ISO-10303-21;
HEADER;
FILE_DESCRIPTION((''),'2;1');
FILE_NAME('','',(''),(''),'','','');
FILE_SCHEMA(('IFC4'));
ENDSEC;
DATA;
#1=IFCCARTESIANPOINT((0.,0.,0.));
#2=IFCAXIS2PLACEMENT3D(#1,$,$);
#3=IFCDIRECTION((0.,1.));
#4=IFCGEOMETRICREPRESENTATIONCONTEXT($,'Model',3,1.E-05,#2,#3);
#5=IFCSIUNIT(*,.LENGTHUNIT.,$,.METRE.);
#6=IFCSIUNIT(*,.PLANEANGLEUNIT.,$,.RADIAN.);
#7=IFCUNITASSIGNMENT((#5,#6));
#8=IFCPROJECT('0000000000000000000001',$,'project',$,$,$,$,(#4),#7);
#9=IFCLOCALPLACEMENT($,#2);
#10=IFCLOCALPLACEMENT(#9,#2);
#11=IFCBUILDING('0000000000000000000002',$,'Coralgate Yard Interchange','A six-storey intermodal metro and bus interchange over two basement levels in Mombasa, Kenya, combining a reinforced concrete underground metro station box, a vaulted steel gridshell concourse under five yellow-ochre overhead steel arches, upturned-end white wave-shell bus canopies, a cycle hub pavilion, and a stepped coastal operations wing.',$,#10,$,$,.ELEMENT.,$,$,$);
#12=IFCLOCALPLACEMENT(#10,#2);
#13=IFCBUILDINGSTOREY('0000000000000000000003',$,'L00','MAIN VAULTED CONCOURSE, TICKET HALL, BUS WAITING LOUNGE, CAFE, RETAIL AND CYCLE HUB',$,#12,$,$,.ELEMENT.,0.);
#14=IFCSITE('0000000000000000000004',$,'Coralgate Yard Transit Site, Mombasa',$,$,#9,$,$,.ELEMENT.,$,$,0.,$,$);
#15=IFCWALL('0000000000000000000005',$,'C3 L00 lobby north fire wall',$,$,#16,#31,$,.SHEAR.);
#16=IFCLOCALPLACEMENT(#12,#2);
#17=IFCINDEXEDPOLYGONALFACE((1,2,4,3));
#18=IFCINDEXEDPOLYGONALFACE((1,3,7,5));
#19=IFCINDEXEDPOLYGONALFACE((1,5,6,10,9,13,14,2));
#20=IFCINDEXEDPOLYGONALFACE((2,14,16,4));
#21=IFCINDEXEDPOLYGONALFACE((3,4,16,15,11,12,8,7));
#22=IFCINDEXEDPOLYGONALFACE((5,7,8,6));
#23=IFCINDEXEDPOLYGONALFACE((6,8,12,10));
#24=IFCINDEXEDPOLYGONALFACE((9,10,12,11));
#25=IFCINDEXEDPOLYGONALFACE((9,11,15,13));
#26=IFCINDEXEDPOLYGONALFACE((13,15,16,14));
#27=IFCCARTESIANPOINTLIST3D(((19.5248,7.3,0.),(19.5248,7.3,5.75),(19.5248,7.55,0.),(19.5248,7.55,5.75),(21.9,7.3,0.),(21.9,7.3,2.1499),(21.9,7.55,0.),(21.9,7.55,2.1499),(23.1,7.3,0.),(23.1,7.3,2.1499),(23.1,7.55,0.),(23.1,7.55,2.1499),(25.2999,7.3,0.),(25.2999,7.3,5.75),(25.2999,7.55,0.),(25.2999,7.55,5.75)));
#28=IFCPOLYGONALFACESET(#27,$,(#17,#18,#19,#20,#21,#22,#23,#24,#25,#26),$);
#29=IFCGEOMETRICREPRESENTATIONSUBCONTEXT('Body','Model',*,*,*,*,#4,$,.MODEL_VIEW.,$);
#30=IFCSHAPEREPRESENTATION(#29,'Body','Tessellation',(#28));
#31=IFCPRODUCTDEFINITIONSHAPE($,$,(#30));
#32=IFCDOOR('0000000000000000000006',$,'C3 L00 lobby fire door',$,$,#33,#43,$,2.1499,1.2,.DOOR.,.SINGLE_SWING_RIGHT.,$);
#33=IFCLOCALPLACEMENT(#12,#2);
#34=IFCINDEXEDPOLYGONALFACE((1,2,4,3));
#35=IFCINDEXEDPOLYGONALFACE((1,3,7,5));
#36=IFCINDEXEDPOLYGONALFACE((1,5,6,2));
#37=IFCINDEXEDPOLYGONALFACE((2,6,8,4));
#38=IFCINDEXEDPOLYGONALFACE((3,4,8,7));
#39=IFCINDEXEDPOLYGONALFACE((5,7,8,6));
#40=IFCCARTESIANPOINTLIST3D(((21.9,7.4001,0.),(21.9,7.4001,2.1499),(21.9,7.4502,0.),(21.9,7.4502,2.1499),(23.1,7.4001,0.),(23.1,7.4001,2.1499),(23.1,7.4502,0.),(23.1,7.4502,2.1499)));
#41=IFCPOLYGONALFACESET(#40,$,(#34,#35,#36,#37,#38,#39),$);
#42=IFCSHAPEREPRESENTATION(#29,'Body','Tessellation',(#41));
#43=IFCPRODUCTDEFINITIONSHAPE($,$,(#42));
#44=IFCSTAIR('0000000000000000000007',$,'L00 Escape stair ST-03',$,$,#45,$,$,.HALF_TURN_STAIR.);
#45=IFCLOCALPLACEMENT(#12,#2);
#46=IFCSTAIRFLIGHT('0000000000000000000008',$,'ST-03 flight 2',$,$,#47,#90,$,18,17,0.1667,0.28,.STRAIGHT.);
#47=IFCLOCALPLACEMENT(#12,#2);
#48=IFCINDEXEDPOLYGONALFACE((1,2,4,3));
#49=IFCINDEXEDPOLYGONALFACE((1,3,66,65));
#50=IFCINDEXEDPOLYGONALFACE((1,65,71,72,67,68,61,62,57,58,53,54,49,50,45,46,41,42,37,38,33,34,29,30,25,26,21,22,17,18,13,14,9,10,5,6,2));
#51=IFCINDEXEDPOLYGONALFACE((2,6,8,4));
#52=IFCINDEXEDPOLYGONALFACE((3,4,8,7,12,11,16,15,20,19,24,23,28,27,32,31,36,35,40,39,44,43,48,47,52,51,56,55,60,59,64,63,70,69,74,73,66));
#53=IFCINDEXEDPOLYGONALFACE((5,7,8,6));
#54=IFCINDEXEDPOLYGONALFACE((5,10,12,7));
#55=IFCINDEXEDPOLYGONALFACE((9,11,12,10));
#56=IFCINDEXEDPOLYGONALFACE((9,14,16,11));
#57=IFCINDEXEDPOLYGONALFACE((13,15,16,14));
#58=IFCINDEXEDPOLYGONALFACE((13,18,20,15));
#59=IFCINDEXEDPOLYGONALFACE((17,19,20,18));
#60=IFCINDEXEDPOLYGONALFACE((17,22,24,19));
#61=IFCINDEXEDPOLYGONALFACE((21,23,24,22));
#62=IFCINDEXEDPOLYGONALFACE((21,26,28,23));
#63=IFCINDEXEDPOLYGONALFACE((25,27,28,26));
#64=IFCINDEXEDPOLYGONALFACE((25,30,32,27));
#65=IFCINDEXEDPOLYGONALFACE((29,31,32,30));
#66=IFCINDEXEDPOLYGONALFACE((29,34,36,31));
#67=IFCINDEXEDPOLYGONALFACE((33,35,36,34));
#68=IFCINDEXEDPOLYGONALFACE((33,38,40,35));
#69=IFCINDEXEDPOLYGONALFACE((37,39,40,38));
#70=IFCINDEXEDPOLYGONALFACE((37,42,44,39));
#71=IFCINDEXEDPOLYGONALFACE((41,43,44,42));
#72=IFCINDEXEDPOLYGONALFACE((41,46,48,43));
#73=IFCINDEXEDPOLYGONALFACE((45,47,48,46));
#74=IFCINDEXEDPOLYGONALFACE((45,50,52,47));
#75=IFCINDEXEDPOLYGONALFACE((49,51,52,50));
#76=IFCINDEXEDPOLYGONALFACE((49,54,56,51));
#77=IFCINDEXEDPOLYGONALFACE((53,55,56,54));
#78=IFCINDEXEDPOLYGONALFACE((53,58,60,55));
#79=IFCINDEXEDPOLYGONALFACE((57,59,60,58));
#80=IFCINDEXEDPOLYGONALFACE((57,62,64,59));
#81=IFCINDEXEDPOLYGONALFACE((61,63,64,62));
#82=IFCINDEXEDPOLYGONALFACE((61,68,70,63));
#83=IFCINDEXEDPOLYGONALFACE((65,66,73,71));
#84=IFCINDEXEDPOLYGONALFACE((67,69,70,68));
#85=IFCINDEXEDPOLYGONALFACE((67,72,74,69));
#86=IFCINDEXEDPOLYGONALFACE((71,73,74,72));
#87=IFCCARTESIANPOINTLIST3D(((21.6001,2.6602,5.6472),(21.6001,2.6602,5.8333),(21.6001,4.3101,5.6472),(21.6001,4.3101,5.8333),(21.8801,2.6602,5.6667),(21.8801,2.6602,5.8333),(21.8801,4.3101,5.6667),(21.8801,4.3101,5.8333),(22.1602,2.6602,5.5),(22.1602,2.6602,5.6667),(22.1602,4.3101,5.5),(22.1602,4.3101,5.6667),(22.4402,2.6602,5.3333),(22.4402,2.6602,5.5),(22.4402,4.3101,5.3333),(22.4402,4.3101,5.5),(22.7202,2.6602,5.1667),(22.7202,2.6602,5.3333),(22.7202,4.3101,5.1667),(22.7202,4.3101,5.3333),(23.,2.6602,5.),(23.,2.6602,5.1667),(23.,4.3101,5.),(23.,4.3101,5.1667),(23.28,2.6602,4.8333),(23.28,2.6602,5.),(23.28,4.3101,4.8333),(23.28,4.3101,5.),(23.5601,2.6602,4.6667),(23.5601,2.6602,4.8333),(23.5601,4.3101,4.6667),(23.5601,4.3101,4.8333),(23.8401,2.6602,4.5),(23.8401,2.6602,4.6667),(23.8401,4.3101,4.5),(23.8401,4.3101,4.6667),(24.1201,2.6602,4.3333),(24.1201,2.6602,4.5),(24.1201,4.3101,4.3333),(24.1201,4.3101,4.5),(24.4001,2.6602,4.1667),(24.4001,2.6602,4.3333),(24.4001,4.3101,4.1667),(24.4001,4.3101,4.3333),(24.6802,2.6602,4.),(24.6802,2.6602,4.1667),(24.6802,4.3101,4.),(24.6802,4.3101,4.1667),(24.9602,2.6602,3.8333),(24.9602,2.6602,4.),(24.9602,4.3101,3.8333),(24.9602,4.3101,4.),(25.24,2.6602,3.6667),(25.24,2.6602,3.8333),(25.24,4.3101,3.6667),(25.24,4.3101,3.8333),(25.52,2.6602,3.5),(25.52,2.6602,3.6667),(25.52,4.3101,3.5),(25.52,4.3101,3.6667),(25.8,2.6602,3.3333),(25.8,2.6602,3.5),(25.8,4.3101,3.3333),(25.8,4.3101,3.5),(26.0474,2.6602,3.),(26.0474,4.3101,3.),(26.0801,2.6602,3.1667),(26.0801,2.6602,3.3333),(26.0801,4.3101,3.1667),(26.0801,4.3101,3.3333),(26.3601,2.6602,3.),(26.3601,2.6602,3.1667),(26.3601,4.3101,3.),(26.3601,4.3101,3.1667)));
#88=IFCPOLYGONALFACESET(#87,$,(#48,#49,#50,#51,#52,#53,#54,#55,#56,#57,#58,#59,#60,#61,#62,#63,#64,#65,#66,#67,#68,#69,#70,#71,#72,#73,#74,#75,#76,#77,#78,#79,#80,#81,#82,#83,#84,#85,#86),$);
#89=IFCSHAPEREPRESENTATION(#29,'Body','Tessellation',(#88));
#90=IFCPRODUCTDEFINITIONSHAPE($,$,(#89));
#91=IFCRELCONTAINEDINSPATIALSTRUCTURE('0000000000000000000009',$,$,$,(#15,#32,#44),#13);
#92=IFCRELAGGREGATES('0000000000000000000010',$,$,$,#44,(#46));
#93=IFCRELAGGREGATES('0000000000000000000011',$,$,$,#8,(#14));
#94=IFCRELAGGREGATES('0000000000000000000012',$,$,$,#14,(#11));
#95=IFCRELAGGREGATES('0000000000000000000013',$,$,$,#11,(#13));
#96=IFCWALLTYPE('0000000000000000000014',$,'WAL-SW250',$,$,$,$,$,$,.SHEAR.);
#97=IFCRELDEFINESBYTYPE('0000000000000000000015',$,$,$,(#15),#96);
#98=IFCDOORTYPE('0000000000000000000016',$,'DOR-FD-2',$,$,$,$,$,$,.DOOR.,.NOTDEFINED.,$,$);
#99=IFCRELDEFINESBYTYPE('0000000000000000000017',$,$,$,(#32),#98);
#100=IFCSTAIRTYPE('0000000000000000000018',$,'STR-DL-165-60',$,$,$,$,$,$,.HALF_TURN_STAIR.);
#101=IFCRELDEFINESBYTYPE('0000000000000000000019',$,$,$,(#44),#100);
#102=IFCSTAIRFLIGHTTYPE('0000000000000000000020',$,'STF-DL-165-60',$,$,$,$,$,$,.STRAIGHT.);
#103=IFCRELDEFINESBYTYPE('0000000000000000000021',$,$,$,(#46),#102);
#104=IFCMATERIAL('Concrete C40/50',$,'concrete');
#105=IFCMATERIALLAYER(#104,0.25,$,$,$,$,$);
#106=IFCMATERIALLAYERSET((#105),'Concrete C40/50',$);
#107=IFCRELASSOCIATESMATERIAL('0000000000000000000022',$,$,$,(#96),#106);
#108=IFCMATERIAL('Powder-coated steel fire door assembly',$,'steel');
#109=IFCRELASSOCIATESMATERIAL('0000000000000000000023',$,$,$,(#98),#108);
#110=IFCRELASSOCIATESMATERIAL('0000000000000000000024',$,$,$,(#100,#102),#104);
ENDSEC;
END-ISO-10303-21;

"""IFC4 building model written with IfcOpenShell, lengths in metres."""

from ifc_helpers import new_model, si_unit, direction, frame, frame_2d, origin, place, context, subcontext, project, spatial, polyline, rectangle, outline, extrude, material, layer, layer_set, type_object, element, fill, aggregate, save


model = new_model("IFC4")

# Units and contexts
model_context = context("Model", 3, precision=1e-05, world=origin(), true_north=direction((0.0, 1.0)))
body_context = subcontext(model_context, "Body", "Model", "MODEL_VIEW")
ifc_project = project(units=[si_unit("LENGTHUNIT", "METRE"), si_unit("PLANEANGLEUNIT", "RADIAN")], contexts=[model_context])

# Site, building, storey
site_placement = place(None, origin())
site = spatial("IfcSite", under=ifc_project, at=site_placement, Name="Coralgate Yard Transit Site, Mombasa", CompositionType="ELEMENT", RefElevation=0.0)
building_placement = place(site_placement, origin())
building = spatial("IfcBuilding", under=site, at=building_placement, Name="Coralgate Yard Interchange", Description="A six-storey intermodal metro and bus interchange over two basement levels in Mombasa, Kenya, combining a reinforced concrete underground metro station box, a vaulted steel gridshell concourse under five yellow-ochre overhead steel arches, upturned-end white wave-shell bus canopies, a cycle hub pavilion, and a stepped coastal operations wing.", CompositionType="ELEMENT")
storey_placement = place(building_placement, origin())
storey = spatial("IfcBuildingStorey", under=building, at=storey_placement, Name="L00", Description="MAIN VAULTED CONCOURSE, TICKET HALL, BUS WAITING LOUNGE, CAFE, RETAIL AND CYCLE HUB", CompositionType="ELEMENT", Elevation=0.0)

# Shared definitions
ifc_material_1 = material(Name="Concrete C40/50", Category="concrete")

# Wall, opening, door
ifc_layer_1 = layer(ifc_material_1, 0.25)
ifc_layer_set_1 = layer_set([ifc_layer_1], Name="Concrete C40/50")
wall_type_1 = type_object("IfcWallType", Name="WAL-SW250", PredefinedType="SHEAR", material=ifc_layer_set_1)
wall_1_placement = place(storey_placement, frame((25.3, 7.425, 0.0), z_axis=(0.0, 0.0, 1.0), x_axis=(-1.0, 0.0, 0.0)))
wall_1 = element("IfcWall", 1, at=wall_1_placement, inside=storey, type_object=wall_type_1, Name="C3 L00 lobby north fire wall", PredefinedType="SHEAR", context=body_context, shape_type="SweptSolid", body=[
    extrude(rectangle(XDim=5.7751, YDim=0.25, at=frame_2d((2.8877, 0.0))), origin(), (0.0, 0.0, 1.0), 5.75),
])
opening_1_placement = place(wall_1_placement, frame((2.2, 0.0, 0.0)))
opening_1 = element("IfcOpeningElement", 2, at=opening_1_placement, cuts=wall_1, PredefinedType="OPENING", context=body_context, shape_type="SweptSolid", body=[
    extrude(rectangle(XDim=1.2, YDim=2.1499, at=frame_2d((0.6001, 1.075))), frame((0.0, 0.135, 0.0), z_axis=(0.0, -1.0, 0.0), x_axis=(1.0, 0.0, 0.0)), (0.0, 0.0, 1.0), 0.27),
])
ifc_material_2 = material(Name="Powder-coated steel fire door assembly", Category="steel")
door_type_1 = type_object("IfcDoorType", Name="DOR-FD-2", OperationType="NOTDEFINED", PredefinedType="DOOR", material=ifc_material_2)
door_1_placement = place(opening_1_placement, origin())
door_1 = element("IfcDoor", 3, at=door_1_placement, inside=storey, type_object=door_type_1, Name="C3 L00 lobby fire door", OperationType="SINGLE_SWING_RIGHT", OverallHeight=2.1499, OverallWidth=1.2, PredefinedType="DOOR", context=body_context, shape_type="SweptSolid", body=[
    extrude(rectangle(XDim=1.2, YDim=2.1499, at=frame_2d((0.6001, 1.075))), frame((0.0, 0.0249, 0.0), z_axis=(0.0, -1.0, 0.0), x_axis=(1.0, 0.0, 0.0)), (0.0, 0.0, 1.0), 0.05),
])
fill(opening_1, door_1)

# Stair, stair flight
stair_type = type_object("IfcStairType", Name="STR-DL-165-60", PredefinedType="HALF_TURN_STAIR", material=ifc_material_1)
stair_placement = place(storey_placement, origin())
stair = element("IfcStair", 4, at=stair_placement, inside=storey, type_object=stair_type, Name="L00 Escape stair ST-03", PredefinedType="HALF_TURN_STAIR")
stair_flight_type = type_object("IfcStairFlightType", Name="STF-DL-165-60", PredefinedType="STRAIGHT", material=ifc_material_1)
stair_flight_placement = place(storey_placement, frame((26.3601, 3.4851, 3.0), z_axis=(0.0, 0.0, 1.0), x_axis=(-1.0, 0.0, 0.0)))
stair_flight = element("IfcStairFlight", 5, at=stair_flight_placement, type_object=stair_flight_type, Name="ST-03 flight 2", NumberOfRisers=18, NumberOfTreads=17, PredefinedType="STRAIGHT", RiserHeight=0.1667, TreadLength=0.28, context=body_context, shape_type="SweptSolid", body=[
    extrude(outline(polyline([(0.0, 0.0), (0.0, 0.1667), (0.28, 0.1667), (0.28, 0.3333), (0.5601, 0.3333), (0.5601, 0.5), (0.8401, 0.5), (0.8401, 0.6667), (1.1201, 0.6667), (1.1201, 0.8333), (1.3999, 0.8333), (1.3999, 1.0), (1.6799, 1.0), (1.6799, 1.1667), (1.96, 1.1667), (1.96, 1.3333), (2.24, 1.3333), (2.24, 1.5), (2.52, 1.5), (2.52, 1.6667), (2.8, 1.6667), (2.8, 1.8333), (3.0801, 1.8333), (3.0801, 2.0), (3.3601, 2.0), (3.3601, 2.1667), (3.6399, 2.1667), (3.6399, 2.3333), (3.9199, 2.3333), (3.9199, 2.5), (4.2, 2.5), (4.2, 2.6667), (4.48, 2.6667), (4.48, 2.8333), (4.76, 2.8333), (4.76, 3.0), (4.76, 2.6472), (0.3127, 0.0), (0.0, 0.0)])), frame((0.0, 0.825, 0.0), z_axis=(0.0, -1.0, 0.0), x_axis=(1.0, 0.0, 0.0)), (0.0, 0.0, 1.0), 1.6499),
])
aggregate(stair, [stair_flight])

save(model, "model.ifc")
